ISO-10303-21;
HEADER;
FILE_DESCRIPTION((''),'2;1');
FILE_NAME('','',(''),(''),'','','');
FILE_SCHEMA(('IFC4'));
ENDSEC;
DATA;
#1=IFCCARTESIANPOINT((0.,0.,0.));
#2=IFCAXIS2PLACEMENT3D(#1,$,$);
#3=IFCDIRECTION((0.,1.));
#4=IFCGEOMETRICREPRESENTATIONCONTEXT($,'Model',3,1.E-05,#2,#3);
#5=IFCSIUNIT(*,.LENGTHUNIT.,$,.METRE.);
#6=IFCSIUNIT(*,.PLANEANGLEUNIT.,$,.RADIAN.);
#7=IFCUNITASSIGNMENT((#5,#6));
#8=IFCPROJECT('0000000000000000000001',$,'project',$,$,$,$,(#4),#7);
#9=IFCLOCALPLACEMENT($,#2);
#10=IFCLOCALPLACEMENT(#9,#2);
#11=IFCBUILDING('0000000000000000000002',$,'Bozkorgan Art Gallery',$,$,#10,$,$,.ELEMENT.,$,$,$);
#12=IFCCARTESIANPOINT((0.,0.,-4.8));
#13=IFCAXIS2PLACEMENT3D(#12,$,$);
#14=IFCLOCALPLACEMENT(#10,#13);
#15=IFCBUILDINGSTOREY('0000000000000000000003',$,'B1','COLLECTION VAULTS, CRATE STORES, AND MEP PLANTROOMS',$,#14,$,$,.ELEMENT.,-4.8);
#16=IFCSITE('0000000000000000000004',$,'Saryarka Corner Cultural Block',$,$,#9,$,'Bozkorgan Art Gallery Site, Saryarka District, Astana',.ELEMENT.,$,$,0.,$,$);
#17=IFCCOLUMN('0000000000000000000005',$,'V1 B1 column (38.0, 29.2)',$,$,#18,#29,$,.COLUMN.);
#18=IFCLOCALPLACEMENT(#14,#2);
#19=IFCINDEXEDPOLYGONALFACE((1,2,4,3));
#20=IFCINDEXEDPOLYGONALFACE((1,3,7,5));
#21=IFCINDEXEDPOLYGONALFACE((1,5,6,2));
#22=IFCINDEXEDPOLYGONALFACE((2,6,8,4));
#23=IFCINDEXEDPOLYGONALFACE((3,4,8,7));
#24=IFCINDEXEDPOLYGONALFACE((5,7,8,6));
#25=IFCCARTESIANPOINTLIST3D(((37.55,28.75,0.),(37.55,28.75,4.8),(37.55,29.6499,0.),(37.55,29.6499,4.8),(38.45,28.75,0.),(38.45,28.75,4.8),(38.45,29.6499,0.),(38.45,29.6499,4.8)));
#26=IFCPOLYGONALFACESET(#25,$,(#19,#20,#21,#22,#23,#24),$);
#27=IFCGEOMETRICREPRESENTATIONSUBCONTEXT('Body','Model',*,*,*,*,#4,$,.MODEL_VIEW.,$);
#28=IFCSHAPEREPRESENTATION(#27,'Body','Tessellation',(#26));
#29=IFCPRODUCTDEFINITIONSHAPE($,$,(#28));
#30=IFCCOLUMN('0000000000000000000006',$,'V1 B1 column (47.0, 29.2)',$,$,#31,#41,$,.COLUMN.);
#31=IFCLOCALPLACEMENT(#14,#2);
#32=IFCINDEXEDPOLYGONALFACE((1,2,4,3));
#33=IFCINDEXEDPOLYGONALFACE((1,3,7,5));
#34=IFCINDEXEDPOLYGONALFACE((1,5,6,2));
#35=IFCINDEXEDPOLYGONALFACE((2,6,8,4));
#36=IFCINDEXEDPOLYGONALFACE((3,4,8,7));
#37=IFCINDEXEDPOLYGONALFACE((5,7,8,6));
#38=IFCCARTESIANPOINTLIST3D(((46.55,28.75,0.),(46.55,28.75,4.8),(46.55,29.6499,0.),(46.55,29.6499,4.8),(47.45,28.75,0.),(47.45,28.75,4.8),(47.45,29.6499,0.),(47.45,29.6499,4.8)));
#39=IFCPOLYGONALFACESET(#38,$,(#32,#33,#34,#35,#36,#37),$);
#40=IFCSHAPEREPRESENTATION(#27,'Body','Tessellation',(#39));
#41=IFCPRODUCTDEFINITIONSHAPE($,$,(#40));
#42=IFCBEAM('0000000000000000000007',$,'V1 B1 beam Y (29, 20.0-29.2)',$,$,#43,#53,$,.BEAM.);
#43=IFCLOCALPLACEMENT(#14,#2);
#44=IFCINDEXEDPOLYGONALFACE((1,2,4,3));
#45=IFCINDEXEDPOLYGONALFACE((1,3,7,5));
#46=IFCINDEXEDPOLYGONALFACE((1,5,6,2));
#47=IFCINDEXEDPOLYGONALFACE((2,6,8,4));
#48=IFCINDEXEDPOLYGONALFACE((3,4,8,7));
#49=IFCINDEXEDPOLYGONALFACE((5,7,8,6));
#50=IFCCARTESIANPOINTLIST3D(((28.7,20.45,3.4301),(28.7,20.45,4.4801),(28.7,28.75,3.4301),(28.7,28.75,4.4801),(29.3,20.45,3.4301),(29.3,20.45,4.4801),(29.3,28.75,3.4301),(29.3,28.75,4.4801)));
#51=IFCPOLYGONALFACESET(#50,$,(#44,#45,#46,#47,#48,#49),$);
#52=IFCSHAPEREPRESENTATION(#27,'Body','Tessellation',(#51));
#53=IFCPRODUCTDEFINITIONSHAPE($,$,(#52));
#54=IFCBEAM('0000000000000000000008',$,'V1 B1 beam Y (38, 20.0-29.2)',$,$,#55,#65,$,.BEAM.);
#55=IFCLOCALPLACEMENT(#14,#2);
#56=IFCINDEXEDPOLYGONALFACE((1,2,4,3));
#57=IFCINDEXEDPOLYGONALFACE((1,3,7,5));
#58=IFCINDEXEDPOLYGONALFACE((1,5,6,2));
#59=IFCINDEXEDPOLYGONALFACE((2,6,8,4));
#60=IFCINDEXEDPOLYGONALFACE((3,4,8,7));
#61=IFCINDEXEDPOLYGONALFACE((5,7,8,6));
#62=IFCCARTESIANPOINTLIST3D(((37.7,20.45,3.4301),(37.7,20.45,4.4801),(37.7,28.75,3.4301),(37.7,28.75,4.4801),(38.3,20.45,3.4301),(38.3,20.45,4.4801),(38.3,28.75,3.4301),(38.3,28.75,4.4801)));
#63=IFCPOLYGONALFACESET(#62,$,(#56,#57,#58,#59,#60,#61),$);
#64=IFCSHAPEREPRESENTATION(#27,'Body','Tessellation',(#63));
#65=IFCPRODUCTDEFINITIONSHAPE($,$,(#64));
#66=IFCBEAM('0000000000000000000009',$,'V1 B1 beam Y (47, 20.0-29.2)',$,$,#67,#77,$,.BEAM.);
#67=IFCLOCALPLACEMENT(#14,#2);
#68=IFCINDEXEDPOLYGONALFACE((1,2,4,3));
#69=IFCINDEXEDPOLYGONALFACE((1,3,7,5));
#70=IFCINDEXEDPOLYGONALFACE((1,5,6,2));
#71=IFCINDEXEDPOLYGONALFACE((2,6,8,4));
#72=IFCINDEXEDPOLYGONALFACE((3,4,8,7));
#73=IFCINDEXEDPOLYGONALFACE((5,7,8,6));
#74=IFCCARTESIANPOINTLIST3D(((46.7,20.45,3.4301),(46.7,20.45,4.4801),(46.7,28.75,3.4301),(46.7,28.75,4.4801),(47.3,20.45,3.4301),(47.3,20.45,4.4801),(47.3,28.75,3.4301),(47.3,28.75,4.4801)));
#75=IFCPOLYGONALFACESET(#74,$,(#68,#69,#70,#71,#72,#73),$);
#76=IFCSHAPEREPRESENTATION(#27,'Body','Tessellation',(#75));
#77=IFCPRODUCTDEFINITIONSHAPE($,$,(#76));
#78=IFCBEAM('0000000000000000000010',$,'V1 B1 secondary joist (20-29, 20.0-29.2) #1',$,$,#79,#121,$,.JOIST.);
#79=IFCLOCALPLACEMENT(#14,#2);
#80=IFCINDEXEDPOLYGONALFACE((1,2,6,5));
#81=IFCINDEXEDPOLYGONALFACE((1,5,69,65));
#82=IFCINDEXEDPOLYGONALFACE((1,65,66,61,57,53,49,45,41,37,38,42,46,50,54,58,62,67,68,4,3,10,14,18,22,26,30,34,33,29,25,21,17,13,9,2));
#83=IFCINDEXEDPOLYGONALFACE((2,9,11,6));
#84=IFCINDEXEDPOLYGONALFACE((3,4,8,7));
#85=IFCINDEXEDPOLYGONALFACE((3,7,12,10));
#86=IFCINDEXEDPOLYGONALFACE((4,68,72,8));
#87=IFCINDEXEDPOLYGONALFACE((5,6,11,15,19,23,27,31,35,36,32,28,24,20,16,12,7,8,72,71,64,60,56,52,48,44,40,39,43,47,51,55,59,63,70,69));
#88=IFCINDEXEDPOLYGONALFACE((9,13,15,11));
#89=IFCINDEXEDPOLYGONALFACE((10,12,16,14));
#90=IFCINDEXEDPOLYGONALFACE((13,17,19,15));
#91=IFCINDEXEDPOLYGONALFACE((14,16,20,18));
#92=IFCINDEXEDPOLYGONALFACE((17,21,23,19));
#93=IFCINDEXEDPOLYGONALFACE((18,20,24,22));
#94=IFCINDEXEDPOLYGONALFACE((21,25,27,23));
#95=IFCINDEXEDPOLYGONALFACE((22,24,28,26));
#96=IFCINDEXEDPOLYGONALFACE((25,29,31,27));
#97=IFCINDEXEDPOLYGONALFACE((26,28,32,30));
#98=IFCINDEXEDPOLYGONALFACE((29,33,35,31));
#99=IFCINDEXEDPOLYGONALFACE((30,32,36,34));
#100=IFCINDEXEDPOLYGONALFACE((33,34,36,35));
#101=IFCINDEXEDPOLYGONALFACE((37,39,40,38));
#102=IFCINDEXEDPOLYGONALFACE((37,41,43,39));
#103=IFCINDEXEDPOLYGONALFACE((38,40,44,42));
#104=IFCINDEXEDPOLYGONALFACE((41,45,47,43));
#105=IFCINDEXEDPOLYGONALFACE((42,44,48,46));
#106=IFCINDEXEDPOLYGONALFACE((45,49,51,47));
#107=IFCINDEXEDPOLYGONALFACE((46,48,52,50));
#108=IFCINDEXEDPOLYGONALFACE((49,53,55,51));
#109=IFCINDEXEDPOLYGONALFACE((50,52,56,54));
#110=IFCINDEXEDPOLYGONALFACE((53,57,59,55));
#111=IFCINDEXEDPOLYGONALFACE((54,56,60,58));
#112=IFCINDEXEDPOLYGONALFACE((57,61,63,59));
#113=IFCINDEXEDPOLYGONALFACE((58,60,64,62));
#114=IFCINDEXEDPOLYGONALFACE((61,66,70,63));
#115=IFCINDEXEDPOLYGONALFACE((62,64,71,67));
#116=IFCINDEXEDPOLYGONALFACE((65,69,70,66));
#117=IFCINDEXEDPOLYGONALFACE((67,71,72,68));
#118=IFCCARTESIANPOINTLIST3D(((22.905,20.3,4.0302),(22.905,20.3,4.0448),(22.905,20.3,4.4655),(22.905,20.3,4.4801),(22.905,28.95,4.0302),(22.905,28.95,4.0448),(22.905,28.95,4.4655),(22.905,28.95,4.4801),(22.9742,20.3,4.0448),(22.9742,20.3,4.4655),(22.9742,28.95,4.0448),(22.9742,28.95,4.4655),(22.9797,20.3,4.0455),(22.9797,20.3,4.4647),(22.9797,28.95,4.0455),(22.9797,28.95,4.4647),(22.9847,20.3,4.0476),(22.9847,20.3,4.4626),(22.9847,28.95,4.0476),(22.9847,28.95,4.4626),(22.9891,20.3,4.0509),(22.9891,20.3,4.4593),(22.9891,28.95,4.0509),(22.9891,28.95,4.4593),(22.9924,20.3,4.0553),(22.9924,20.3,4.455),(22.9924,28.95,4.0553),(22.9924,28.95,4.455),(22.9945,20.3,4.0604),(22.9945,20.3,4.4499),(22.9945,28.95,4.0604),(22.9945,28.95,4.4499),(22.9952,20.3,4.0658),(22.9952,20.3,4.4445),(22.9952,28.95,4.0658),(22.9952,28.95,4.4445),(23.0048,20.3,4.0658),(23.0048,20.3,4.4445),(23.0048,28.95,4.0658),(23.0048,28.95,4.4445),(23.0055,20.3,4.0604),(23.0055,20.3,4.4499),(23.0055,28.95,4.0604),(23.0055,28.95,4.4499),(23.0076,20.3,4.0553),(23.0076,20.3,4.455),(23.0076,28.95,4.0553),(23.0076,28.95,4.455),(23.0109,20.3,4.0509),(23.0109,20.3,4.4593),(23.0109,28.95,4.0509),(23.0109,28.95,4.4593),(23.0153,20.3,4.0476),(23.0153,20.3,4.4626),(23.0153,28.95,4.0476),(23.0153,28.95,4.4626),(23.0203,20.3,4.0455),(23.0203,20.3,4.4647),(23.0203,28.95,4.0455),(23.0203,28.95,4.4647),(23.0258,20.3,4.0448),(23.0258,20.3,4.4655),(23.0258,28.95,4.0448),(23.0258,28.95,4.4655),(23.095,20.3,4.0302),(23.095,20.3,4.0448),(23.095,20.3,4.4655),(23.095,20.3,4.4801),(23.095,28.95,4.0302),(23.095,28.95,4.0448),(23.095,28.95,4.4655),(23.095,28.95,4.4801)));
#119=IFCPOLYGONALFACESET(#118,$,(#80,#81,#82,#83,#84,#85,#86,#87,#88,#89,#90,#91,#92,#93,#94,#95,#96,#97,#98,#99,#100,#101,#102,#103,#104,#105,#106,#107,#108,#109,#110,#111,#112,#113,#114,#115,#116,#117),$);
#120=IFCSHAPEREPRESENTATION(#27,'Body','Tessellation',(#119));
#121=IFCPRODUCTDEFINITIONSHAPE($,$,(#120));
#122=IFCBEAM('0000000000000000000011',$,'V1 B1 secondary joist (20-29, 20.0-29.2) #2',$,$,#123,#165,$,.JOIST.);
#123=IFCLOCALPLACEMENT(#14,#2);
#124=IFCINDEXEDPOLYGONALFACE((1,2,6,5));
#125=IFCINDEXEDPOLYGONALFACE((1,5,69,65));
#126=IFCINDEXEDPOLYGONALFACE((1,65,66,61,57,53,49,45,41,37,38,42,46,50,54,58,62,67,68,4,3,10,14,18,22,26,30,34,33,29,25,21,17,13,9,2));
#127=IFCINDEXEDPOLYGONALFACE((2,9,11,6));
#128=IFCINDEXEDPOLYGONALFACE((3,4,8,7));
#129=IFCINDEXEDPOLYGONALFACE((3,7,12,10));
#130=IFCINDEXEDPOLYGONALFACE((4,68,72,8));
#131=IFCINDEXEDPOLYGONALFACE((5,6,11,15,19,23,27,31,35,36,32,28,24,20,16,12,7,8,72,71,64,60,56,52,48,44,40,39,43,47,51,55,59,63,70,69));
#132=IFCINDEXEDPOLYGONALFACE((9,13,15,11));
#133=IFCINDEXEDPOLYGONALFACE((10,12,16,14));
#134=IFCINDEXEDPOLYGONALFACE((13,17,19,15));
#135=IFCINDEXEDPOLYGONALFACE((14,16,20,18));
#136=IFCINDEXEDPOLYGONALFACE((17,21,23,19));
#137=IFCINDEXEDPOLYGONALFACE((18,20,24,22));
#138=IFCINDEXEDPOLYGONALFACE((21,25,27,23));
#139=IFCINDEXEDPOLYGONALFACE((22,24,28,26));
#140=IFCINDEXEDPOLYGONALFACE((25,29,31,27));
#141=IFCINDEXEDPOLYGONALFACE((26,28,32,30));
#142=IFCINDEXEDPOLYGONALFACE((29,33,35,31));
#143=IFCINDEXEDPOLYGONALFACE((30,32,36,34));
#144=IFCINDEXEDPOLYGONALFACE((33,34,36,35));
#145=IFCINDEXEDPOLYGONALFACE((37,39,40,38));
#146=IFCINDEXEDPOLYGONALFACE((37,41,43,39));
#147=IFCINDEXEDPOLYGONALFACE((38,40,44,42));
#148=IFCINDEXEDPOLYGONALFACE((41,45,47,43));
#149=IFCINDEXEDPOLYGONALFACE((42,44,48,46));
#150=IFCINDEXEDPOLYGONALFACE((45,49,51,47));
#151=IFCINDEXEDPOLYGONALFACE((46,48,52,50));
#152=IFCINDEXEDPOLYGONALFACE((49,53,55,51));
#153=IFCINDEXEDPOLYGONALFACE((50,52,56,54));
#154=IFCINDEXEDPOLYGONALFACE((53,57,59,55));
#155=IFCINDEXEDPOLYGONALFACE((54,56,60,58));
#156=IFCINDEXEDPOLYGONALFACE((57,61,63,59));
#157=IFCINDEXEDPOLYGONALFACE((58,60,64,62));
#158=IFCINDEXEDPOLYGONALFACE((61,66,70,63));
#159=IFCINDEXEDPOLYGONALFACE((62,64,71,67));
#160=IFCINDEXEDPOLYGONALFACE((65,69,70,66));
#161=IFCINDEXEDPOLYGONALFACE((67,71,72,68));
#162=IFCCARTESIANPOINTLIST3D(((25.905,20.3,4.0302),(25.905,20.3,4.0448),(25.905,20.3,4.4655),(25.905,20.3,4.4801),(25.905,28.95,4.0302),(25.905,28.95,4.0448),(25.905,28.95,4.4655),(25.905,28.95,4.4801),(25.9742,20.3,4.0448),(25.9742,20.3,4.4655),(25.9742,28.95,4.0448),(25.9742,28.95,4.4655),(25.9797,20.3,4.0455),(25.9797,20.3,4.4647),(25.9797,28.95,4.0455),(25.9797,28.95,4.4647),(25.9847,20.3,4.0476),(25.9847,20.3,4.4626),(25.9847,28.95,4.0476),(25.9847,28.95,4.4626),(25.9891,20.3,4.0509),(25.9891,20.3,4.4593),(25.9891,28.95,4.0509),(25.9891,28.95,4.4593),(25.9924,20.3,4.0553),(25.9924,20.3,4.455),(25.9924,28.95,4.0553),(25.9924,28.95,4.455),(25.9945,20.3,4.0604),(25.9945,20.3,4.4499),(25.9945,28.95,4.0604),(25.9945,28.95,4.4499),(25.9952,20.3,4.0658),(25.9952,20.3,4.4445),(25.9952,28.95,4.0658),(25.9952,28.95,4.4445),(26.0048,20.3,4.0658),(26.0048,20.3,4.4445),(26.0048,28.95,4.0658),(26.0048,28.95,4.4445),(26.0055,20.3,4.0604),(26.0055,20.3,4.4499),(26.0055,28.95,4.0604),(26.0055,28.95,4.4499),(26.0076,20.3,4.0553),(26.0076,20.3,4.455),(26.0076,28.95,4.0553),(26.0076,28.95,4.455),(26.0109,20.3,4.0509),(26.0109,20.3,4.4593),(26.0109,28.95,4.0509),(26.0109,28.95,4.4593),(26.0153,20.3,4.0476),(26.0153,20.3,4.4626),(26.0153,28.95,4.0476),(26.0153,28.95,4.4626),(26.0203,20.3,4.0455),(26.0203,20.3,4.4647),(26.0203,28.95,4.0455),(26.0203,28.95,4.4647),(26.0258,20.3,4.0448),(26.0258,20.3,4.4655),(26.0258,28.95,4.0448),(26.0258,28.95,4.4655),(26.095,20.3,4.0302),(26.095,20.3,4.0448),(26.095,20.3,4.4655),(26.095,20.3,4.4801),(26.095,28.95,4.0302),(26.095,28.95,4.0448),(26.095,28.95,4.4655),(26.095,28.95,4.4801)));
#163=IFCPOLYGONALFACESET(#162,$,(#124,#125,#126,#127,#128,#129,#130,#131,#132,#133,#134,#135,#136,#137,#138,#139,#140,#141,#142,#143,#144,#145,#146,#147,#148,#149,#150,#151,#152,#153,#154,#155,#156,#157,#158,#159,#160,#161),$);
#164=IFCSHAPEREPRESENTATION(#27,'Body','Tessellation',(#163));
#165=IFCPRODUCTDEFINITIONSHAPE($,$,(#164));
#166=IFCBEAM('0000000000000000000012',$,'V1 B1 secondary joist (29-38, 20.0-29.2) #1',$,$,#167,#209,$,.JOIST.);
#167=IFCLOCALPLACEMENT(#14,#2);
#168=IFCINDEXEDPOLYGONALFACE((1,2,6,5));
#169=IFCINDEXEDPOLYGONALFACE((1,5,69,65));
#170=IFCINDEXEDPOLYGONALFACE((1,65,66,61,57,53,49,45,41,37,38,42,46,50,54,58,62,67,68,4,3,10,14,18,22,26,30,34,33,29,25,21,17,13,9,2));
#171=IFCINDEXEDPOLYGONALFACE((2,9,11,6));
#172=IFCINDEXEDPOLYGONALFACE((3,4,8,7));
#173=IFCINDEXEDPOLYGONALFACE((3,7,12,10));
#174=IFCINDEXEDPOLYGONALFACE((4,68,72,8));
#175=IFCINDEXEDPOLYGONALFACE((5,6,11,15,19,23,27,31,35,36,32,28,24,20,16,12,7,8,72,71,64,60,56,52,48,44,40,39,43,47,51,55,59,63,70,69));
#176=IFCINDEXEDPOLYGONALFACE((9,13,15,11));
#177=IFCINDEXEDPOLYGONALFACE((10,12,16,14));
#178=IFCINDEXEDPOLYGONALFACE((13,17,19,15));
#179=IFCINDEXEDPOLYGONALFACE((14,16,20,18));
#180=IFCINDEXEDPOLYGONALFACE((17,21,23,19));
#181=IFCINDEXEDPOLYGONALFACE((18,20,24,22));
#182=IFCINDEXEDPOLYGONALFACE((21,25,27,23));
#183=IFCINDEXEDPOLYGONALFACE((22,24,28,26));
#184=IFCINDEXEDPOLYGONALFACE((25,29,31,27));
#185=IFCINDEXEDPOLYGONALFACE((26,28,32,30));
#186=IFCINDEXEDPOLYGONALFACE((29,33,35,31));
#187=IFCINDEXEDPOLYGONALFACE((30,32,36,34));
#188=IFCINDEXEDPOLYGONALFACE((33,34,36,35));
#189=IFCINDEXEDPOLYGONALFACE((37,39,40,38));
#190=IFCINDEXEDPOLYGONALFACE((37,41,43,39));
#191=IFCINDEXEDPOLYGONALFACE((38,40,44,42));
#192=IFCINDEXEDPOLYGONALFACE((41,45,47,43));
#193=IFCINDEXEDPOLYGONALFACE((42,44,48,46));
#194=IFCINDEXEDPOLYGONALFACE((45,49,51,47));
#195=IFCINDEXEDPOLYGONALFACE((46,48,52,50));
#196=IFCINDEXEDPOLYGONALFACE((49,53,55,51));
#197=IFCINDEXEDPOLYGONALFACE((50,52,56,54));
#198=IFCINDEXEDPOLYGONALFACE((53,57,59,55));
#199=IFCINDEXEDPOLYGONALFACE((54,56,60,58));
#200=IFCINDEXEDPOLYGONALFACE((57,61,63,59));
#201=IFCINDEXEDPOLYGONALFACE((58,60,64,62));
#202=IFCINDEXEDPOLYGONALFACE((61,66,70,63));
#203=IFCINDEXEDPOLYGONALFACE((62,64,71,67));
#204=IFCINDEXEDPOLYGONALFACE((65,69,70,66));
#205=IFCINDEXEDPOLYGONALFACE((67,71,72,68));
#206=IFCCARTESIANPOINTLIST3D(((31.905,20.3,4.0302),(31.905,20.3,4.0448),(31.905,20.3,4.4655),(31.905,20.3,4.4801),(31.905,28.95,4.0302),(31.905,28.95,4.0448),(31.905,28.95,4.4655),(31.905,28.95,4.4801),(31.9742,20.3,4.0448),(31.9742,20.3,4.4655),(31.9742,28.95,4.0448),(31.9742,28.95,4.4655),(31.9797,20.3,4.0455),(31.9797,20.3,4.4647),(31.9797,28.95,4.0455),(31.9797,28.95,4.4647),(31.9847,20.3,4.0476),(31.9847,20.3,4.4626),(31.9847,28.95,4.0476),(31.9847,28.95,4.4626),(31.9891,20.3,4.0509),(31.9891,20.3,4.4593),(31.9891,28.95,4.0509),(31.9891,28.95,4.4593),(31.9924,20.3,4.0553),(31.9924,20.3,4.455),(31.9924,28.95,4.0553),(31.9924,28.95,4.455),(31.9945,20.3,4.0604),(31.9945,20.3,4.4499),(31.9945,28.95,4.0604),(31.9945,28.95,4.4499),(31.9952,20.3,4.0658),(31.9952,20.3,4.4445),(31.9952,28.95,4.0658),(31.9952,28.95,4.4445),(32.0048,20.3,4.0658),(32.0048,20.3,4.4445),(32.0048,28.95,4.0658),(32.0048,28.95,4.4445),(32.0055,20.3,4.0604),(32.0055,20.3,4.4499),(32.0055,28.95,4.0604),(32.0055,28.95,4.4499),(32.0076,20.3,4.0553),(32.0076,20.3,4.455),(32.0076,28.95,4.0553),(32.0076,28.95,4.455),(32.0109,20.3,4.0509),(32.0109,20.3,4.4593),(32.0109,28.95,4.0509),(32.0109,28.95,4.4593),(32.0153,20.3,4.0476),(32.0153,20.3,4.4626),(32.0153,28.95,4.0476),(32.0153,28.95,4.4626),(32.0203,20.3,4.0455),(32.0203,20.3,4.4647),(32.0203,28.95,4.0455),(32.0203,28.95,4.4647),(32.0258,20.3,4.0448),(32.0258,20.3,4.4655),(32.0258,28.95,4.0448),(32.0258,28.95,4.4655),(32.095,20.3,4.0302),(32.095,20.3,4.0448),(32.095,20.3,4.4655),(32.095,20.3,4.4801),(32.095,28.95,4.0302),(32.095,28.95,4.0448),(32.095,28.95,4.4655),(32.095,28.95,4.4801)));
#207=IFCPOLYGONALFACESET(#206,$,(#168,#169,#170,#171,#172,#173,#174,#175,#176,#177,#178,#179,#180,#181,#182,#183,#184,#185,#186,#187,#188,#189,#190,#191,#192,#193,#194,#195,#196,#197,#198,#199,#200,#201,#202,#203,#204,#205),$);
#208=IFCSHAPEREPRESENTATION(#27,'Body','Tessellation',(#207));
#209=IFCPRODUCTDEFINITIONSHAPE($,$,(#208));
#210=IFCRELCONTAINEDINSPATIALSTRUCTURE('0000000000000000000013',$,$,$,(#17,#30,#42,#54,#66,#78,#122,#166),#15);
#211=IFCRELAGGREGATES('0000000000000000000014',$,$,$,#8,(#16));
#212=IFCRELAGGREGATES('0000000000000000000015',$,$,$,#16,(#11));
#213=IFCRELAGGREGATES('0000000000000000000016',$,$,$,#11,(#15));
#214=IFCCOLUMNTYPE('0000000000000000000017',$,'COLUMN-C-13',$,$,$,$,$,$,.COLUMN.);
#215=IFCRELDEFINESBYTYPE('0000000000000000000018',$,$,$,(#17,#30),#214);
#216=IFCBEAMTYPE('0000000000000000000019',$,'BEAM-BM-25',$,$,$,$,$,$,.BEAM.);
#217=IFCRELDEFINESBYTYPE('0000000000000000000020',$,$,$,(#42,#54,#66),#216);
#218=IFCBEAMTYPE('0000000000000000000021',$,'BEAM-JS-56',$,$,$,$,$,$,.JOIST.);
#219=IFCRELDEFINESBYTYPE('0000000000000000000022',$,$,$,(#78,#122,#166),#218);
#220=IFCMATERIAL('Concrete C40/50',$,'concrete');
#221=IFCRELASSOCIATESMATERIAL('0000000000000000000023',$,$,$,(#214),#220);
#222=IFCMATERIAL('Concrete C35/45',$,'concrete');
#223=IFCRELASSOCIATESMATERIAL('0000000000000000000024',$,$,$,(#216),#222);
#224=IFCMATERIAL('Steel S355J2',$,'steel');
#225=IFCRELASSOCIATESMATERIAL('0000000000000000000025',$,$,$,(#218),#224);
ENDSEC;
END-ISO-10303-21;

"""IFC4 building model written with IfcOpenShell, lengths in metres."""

from ifc_helpers import new_model, si_unit, direction, frame, origin, origin_2d, place, context, subcontext, project, spatial, rectangle, i_section, extrude, material, material_profile, profile_set, type_object, element, save


model = new_model("IFC4")

# Units and contexts
model_context = context("Model", 3, precision=1e-05, world=origin(), true_north=direction((0.0, 1.0)))
body_context = subcontext(model_context, "Body", "Model", "MODEL_VIEW")
ifc_project = project(units=[si_unit("LENGTHUNIT", "METRE"), si_unit("PLANEANGLEUNIT", "RADIAN")], contexts=[model_context])

# Site, building, storey
site_placement = place(None, origin())
site = spatial("IfcSite", under=ifc_project, at=site_placement, Name="Saryarka Corner Cultural Block", LongName="Bozkorgan Art Gallery Site, Saryarka District, Astana", CompositionType="ELEMENT", RefElevation=0.0)
building_placement = place(site_placement, origin())
building = spatial("IfcBuilding", under=site, at=building_placement, Name="Bozkorgan Art Gallery", CompositionType="ELEMENT")
storey_placement = place(building_placement, frame((0.0, 0.0, -4.8)))
storey = spatial("IfcBuildingStorey", under=building, at=storey_placement, Name="B1", Description="COLLECTION VAULTS, CRATE STORES, AND MEP PLANTROOMS", CompositionType="ELEMENT", Elevation=-4.8)

# Columns
ifc_material_1 = material(Name="Concrete C40/50", Category="concrete")
ifc_material_profile_1 = material_profile(ifc_material_1, rectangle(XDim=0.8999, YDim=0.8999, at=origin_2d()), Name="RC 900x900")
ifc_profile_set_1 = profile_set([ifc_material_profile_1], Name="Concrete C40/50")
column_type = type_object("IfcColumnType", Name="COLUMN-C-13", PredefinedType="COLUMN", material=ifc_profile_set_1)
for number, where, z_axis, x_axis, name in (
    (1, (38.0, 29.2, 0.0), (0.0, 0.0, 1.0), (1.0, 0.0, 0.0), "V1 B1 column (38.0, 29.2)"),
    (2, (47.0, 29.2, 0.0), (0.0, 0.0, 1.0), (1.0, 0.0, 0.0), "V1 B1 column (47.0, 29.2)"),
):
    element("IfcColumn", number, at=place(storey_placement, frame(where, z_axis=z_axis, x_axis=x_axis)), inside=storey, type_object=column_type, Name=name, PredefinedType="COLUMN", context=body_context, shape_type="SweptSolid", body=[
        extrude(rectangle(XDim=0.8999, YDim=0.8999, at=origin_2d()), origin(), (0.0, 0.0, 1.0), 4.8),
    ])

# Beams
ifc_material_2 = material(Name="Concrete C35/45", Category="concrete")
ifc_material_profile_2 = material_profile(ifc_material_2, rectangle(XDim=0.6001, YDim=1.05, at=origin_2d()), Name="RC 600x1050")
ifc_profile_set_2 = profile_set([ifc_material_profile_2], Name="Concrete C35/45")
beam_type_1 = type_object("IfcBeamType", Name="BEAM-BM-25", PredefinedType="BEAM", material=ifc_profile_set_2)
for number, where, z_axis, x_axis, name in (
    (3, (29.0, 20.45, 3.9551), (0.0, 1.0, 0.0), (-1.0, 0.0, 0.0), "V1 B1 beam Y (29, 20.0-29.2)"),
    (4, (38.0, 20.45, 3.9551), (0.0, 1.0, 0.0), (-1.0, 0.0, 0.0), "V1 B1 beam Y (38, 20.0-29.2)"),
    (5, (47.0, 20.45, 3.9551), (0.0, 1.0, 0.0), (-1.0, 0.0, 0.0), "V1 B1 beam Y (47, 20.0-29.2)"),
):
    element("IfcBeam", number, at=place(storey_placement, frame(where, z_axis=z_axis, x_axis=x_axis)), inside=storey, type_object=beam_type_1, Name=name, PredefinedType="BEAM", context=body_context, shape_type="SweptSolid", body=[
        extrude(rectangle(XDim=0.6001, YDim=1.05, at=origin_2d()), origin(), (0.0, 0.0, 1.0), 8.3),
    ])
ifc_material_3 = material(Name="Steel S355J2", Category="steel")
ifc_material_profile_3 = material_profile(ifc_material_3, i_section(OverallWidth=0.1899, OverallDepth=0.45, WebThickness=0.0095, FlangeThickness=0.0146, FilletRadius=0.021, at=origin_2d()), Name="IPE 450")
ifc_profile_set_3 = profile_set([ifc_material_profile_3], Name="Steel S355J2")
beam_type_2 = type_object("IfcBeamType", Name="BEAM-JS-56", PredefinedType="JOIST", material=ifc_profile_set_3)
for number, where, z_axis, x_axis, name in (
    (6, (23.0, 20.3, 4.2551), (0.0, 1.0, 0.0), (-1.0, 0.0, 0.0), "V1 B1 secondary joist (20-29, 20.0-29.2) #1"),
    (7, (26.0, 20.3, 4.2551), (0.0, 1.0, 0.0), (-1.0, 0.0, 0.0), "V1 B1 secondary joist (20-29, 20.0-29.2) #2"),
    (8, (32.0, 20.3, 4.2551), (0.0, 1.0, 0.0), (-1.0, 0.0, 0.0), "V1 B1 secondary joist (29-38, 20.0-29.2) #1"),
):
    element("IfcBeam", number, at=place(storey_placement, frame(where, z_axis=z_axis, x_axis=x_axis)), inside=storey, type_object=beam_type_2, Name=name, PredefinedType="JOIST", context=body_context, shape_type="SweptSolid", body=[
        extrude(i_section(OverallWidth=0.1899, OverallDepth=0.45, WebThickness=0.0095, FlangeThickness=0.0146, FilletRadius=0.021, at=origin_2d()), origin(), (0.0, 0.0, 1.0), 8.6499),
    ])

save(model, "model.ifc")
